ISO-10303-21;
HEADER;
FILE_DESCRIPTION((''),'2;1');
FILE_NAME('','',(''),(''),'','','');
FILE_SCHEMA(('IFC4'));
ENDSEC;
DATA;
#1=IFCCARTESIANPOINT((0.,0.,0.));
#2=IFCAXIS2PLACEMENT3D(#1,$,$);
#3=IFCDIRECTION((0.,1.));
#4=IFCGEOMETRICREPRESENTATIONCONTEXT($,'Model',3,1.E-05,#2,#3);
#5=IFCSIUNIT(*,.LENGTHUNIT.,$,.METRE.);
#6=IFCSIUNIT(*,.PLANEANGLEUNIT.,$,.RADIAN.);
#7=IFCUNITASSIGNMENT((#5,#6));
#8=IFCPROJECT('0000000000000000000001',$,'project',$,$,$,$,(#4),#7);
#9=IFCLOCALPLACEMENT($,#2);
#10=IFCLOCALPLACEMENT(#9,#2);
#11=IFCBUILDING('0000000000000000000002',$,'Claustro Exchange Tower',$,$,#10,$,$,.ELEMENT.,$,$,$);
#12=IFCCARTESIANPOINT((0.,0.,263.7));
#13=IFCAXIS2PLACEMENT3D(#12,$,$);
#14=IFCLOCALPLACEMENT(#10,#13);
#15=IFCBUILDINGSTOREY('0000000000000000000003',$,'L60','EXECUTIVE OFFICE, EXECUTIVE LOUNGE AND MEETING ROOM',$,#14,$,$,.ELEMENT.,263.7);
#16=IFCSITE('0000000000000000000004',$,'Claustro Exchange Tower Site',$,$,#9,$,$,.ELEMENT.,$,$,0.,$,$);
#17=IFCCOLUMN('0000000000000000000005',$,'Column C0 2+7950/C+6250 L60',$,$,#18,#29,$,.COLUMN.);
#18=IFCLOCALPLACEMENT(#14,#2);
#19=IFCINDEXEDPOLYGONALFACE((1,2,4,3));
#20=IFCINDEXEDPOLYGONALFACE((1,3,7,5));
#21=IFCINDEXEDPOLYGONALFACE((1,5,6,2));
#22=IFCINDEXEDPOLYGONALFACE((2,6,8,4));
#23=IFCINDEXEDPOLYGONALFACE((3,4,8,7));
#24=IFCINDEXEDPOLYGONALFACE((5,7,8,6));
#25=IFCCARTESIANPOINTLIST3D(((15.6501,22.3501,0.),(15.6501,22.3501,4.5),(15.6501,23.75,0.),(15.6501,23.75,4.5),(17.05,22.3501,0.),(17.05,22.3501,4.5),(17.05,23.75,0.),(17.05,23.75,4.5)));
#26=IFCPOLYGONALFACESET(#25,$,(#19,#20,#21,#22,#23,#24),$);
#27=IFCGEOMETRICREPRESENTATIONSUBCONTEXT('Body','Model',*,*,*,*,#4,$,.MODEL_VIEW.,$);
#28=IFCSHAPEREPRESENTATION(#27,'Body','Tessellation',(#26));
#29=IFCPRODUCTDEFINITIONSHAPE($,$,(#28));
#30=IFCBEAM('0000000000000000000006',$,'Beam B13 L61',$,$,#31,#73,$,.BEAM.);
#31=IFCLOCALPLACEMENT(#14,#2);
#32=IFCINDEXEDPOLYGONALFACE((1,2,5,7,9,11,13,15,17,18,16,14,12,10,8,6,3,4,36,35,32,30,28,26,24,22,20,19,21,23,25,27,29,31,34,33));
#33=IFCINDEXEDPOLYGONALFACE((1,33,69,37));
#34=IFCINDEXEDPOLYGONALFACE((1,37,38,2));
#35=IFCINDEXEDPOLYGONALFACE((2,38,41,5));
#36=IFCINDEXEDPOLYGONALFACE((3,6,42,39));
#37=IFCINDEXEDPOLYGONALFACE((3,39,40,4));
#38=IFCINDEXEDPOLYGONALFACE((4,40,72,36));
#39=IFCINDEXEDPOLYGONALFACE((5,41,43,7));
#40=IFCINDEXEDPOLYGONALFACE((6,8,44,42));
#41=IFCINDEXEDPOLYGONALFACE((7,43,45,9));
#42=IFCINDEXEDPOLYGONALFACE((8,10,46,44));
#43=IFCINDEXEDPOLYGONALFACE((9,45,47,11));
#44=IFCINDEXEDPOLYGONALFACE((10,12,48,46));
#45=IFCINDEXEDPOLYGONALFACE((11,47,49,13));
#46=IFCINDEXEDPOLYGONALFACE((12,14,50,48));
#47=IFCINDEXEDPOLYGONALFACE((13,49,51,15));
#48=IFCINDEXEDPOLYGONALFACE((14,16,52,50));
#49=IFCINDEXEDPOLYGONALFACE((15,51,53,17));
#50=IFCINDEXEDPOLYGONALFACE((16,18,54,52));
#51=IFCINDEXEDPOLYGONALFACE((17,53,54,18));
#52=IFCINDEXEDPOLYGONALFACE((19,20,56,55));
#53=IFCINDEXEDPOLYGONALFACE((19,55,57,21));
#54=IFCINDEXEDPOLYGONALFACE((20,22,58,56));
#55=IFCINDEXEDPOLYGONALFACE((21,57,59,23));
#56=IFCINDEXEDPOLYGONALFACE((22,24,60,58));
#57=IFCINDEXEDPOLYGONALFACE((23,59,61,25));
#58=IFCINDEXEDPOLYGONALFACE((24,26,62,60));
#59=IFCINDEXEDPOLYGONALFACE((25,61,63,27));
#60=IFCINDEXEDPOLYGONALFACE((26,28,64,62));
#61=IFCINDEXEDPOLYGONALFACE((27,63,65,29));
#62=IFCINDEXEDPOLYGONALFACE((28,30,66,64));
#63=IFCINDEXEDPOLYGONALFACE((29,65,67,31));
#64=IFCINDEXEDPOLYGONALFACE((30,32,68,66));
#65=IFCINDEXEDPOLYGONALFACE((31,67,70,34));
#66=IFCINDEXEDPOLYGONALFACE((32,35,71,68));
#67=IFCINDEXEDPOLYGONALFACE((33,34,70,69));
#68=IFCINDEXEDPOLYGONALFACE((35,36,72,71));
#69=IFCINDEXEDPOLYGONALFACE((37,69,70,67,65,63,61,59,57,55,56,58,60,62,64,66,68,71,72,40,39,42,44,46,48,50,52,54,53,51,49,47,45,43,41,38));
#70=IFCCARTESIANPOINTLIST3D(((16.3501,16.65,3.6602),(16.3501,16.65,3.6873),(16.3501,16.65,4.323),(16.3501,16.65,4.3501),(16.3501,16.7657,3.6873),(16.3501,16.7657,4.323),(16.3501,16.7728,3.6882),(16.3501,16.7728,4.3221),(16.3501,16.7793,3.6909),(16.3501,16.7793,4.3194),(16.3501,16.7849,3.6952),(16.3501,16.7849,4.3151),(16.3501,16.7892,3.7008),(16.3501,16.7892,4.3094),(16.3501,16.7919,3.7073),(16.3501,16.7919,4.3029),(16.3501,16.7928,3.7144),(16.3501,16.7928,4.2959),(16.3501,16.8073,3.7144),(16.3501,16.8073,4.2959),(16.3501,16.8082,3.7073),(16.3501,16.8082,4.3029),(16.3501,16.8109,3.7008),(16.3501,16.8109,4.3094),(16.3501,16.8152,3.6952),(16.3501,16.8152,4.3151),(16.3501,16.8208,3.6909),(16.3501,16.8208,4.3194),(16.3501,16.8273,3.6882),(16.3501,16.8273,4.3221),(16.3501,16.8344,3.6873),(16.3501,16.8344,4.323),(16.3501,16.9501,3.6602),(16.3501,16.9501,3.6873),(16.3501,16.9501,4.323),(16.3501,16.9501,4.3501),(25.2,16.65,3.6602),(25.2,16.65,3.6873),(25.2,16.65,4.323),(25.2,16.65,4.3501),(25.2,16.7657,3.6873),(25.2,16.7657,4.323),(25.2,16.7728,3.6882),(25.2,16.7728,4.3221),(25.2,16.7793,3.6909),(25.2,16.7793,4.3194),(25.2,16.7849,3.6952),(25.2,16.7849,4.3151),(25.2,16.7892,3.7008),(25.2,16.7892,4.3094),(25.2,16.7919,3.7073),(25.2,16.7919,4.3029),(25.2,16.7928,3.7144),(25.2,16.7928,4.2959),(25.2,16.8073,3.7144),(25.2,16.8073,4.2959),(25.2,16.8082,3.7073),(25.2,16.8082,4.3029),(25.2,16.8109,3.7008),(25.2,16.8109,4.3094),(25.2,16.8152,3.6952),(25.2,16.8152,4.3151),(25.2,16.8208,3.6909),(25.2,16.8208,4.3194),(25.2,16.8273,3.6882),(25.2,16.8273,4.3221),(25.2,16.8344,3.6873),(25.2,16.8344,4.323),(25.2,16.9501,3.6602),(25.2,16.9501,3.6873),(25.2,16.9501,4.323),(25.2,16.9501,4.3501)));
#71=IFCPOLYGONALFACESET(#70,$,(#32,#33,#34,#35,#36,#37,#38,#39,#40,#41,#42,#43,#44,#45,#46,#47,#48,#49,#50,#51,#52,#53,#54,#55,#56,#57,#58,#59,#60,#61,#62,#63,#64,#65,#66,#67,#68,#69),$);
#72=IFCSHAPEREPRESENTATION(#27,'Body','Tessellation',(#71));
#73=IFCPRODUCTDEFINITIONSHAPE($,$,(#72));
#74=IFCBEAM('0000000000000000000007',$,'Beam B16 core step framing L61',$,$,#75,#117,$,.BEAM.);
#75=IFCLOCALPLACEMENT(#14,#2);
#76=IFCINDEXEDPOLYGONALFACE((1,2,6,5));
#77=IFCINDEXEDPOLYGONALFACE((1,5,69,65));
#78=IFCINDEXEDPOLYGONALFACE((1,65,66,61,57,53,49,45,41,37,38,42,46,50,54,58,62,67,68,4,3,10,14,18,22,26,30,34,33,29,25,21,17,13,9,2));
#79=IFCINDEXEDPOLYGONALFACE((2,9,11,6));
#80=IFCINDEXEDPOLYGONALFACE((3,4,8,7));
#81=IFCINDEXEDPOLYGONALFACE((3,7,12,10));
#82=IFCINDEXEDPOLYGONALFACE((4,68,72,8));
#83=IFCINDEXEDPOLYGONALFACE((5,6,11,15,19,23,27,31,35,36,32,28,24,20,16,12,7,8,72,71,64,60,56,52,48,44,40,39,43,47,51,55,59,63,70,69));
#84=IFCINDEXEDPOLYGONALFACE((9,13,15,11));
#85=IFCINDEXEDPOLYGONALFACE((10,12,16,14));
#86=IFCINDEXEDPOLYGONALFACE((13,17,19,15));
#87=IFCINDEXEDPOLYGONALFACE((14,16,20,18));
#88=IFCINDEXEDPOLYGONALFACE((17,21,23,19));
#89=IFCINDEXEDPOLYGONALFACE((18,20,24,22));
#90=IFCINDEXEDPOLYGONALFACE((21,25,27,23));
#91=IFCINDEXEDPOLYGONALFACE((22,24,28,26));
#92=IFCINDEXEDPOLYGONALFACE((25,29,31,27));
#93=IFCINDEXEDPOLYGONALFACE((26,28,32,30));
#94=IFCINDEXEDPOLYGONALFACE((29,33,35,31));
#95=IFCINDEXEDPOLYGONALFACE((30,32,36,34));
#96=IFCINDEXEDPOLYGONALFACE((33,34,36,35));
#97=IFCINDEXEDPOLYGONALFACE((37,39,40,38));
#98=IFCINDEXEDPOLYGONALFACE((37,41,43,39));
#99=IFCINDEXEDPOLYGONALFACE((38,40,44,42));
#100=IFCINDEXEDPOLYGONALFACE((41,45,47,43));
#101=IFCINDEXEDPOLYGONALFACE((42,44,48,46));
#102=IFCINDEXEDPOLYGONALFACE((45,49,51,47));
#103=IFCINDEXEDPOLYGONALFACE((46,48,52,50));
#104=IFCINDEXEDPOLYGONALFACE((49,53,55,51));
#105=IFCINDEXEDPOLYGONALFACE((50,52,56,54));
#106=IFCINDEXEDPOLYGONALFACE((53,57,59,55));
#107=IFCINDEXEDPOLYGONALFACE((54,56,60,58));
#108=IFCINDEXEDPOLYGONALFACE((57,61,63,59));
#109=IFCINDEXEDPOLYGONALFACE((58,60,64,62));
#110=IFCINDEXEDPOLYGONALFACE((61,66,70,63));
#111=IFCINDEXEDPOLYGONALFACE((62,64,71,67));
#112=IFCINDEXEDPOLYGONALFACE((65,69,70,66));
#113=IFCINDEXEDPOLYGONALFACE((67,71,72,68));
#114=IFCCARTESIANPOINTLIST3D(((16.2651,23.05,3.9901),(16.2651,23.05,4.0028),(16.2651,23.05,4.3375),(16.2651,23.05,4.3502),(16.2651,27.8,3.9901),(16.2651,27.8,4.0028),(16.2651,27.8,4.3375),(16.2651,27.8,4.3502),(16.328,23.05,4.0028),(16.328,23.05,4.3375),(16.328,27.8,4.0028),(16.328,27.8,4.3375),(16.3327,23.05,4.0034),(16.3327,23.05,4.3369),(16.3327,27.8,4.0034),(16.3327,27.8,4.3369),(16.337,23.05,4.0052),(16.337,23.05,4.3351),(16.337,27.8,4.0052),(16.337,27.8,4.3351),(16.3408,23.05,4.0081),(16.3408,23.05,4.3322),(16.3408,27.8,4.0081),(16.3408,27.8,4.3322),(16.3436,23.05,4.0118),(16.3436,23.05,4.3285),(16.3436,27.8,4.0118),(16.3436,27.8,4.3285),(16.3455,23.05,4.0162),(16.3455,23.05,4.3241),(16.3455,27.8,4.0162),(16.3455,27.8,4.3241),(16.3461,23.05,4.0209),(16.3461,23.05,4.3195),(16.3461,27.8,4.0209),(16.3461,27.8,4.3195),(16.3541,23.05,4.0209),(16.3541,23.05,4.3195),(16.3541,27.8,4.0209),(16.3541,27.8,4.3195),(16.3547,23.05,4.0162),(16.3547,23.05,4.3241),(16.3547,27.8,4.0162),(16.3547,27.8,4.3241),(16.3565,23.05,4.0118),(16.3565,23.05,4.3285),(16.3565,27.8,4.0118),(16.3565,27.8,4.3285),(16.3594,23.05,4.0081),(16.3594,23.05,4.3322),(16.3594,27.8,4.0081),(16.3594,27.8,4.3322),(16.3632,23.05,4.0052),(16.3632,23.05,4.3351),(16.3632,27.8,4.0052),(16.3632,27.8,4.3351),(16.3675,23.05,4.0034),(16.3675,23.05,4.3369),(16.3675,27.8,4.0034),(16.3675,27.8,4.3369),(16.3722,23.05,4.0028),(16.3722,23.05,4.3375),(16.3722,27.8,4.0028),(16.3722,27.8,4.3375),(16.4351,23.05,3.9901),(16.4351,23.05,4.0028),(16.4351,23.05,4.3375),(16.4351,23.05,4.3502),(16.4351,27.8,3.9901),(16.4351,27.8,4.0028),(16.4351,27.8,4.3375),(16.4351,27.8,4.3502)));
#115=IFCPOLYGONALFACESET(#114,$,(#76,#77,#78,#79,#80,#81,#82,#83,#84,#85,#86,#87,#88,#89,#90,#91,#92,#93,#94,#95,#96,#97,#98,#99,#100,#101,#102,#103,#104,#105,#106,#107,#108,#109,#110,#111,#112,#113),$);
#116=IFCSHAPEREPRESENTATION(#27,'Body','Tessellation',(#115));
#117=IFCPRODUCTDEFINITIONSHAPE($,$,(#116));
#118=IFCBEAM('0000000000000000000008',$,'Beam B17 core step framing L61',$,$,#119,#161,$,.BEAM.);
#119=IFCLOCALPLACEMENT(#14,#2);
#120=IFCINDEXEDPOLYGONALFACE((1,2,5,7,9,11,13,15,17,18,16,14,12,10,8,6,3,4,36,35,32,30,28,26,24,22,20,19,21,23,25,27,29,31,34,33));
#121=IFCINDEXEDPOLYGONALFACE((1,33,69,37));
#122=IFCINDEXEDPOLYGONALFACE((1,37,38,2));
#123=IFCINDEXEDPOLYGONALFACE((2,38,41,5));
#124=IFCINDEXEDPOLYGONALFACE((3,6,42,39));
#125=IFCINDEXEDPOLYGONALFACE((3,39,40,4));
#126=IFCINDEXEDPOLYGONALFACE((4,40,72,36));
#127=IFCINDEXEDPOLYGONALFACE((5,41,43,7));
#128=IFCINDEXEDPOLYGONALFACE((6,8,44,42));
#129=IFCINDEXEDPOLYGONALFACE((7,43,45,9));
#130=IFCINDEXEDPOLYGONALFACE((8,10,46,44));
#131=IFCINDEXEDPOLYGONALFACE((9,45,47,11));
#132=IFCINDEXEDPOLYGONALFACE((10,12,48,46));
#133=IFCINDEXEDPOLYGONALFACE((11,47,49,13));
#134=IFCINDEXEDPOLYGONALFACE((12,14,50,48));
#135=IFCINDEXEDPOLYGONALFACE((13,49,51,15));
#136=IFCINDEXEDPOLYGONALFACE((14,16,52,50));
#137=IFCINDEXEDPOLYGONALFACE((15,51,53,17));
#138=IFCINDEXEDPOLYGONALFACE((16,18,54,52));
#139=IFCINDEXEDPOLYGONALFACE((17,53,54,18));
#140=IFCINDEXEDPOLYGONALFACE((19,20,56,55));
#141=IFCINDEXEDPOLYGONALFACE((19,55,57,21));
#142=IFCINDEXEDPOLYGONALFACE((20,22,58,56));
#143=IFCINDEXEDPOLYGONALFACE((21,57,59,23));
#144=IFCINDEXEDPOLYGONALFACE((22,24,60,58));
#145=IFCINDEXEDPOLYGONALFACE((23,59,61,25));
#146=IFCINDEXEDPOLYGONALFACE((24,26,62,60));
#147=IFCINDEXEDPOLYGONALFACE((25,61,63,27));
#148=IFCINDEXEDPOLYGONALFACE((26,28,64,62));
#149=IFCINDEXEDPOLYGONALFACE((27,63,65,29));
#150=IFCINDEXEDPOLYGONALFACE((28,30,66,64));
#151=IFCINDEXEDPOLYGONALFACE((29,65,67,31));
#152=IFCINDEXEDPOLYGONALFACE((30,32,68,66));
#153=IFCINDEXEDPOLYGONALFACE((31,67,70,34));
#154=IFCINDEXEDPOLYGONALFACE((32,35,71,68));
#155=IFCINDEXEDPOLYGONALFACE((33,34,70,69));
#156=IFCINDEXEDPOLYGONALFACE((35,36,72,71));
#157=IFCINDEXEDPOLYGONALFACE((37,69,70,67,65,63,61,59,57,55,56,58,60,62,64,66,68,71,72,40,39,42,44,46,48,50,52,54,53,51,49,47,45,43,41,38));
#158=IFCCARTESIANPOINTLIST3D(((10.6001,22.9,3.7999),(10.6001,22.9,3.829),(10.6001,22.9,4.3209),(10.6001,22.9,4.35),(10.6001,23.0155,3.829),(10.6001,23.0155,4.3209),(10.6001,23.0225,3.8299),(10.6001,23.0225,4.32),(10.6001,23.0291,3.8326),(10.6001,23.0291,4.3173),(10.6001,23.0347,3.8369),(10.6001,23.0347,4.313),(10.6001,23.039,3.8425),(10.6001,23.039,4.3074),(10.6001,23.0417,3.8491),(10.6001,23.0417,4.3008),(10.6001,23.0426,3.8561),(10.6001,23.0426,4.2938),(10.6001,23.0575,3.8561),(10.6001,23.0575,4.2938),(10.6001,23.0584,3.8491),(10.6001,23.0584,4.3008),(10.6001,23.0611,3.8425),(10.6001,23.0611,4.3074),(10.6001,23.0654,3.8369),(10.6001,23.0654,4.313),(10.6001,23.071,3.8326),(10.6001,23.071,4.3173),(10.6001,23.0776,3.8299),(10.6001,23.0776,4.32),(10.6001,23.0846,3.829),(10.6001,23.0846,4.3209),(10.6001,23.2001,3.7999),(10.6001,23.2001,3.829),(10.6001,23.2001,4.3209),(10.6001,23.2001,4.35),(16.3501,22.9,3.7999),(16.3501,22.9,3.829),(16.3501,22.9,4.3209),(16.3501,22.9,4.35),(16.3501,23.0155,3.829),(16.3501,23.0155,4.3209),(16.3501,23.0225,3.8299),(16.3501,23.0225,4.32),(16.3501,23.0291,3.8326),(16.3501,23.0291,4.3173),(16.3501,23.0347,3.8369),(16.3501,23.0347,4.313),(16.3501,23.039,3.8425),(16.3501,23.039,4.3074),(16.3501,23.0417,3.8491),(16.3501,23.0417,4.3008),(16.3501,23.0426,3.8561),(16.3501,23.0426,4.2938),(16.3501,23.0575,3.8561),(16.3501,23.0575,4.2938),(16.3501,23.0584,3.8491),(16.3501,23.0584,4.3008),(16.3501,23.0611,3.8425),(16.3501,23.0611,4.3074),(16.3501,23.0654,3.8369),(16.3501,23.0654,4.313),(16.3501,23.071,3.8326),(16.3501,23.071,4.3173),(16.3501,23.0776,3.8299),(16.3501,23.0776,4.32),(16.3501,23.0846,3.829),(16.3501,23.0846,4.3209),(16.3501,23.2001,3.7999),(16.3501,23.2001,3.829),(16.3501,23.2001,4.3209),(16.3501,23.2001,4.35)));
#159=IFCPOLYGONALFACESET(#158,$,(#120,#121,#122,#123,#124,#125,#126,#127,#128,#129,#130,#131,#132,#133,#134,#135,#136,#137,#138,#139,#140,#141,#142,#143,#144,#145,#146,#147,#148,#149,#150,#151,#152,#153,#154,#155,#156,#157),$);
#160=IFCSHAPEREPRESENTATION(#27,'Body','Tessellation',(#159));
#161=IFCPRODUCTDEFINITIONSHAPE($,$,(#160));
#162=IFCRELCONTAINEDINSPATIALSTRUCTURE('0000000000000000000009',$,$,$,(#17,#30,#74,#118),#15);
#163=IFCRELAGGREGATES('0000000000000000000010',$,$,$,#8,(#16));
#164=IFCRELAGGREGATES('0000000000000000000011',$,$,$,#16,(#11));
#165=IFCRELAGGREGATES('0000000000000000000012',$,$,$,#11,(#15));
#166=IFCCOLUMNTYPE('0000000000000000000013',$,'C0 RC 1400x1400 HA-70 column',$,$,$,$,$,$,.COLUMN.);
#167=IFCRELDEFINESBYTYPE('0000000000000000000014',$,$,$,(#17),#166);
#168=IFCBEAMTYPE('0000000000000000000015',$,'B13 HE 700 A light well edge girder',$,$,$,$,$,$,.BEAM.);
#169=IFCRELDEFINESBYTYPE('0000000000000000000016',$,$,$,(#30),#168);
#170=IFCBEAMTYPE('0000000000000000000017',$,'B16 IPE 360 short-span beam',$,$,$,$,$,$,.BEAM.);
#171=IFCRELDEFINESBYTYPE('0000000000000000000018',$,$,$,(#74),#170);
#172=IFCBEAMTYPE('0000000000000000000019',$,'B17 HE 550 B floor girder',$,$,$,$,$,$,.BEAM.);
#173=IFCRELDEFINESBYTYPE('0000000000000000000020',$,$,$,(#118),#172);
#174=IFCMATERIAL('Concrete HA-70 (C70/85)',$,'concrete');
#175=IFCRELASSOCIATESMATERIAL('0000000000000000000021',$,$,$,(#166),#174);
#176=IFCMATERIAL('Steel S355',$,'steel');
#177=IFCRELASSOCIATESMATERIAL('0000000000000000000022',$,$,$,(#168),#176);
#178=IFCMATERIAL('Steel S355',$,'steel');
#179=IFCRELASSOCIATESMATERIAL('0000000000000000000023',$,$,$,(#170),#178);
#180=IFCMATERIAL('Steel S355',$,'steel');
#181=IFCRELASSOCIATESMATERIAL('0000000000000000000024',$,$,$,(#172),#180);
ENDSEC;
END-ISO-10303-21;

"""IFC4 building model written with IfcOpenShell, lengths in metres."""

from ifc_helpers import new_model, si_unit, direction, frame, origin, origin_2d, place, context, subcontext, project, spatial, rectangle, i_section, extrude, material, material_profile, profile_set, type_object, element, save


model = new_model("IFC4")

# Units and contexts
model_context = context("Model", 3, precision=1e-05, world=origin(), true_north=direction((0.0, 1.0)))
body_context = subcontext(model_context, "Body", "Model", "MODEL_VIEW")
ifc_project = project(units=[si_unit("LENGTHUNIT", "METRE"), si_unit("PLANEANGLEUNIT", "RADIAN")], contexts=[model_context])

# Site, building, storey
site_placement = place(None, origin())
site = spatial("IfcSite", under=ifc_project, at=site_placement, Name="Claustro Exchange Tower Site", CompositionType="ELEMENT", RefElevation=0.0)
building_placement = place(site_placement, origin())
building = spatial("IfcBuilding", under=site, at=building_placement, Name="Claustro Exchange Tower", CompositionType="ELEMENT")
storey_placement = place(building_placement, frame((0.0, 0.0, 263.7)))
storey = spatial("IfcBuildingStorey", under=building, at=storey_placement, Name="L60", Description="EXECUTIVE OFFICE, EXECUTIVE LOUNGE AND MEETING ROOM", CompositionType="ELEMENT", Elevation=263.7)

# Column
ifc_material_1 = material(Name="Concrete HA-70 (C70/85)", Category="concrete")
ifc_material_profile_1 = material_profile(ifc_material_1, rectangle(XDim=1.3999, YDim=1.3999, at=origin_2d()), Name="RC 1400x1400")
ifc_profile_set_1 = profile_set([ifc_material_profile_1], Name="Concrete HA-70 (C70/85)")
column_type = type_object("IfcColumnType", Name="C0 RC 1400x1400 HA-70 column", PredefinedType="COLUMN", material=ifc_profile_set_1)
column_placement = place(storey_placement, frame((16.3501, 23.05, 0.0), z_axis=(0.0, 0.0, 1.0), x_axis=(1.0, 0.0, 0.0)))
element("IfcColumn", 1, at=column_placement, inside=storey, type_object=column_type, Name="Column C0 2+7950/C+6250 L60", PredefinedType="COLUMN", context=body_context, shape_type="SweptSolid", body=[
    extrude(rectangle(XDim=1.3999, YDim=1.3999, at=origin_2d()), origin(), (0.0, 0.0, 1.0), 4.5),
])

# Beams
ifc_material_2 = material(Name="Steel S355", Category="steel")
ifc_material_profile_2 = material_profile(ifc_material_2, i_section(OverallWidth=0.3, OverallDepth=0.6899, WebThickness=0.0144, FlangeThickness=0.0271, FilletRadius=0.0271, at=origin_2d()), Name="HE 700 A")
ifc_profile_set_2 = profile_set([ifc_material_profile_2], Name="Steel S355")
beam_type_1 = type_object("IfcBeamType", Name="B13 HE 700 A light well edge girder", PredefinedType="BEAM", material=ifc_profile_set_2)
beam_1_placement = place(storey_placement, frame((16.3501, 16.8, 4.0051), z_axis=(1.0, 0.0, 0.0), x_axis=(0.0, 1.0, 0.0)))
element("IfcBeam", 2, at=beam_1_placement, inside=storey, type_object=beam_type_1, Name="Beam B13 L61", PredefinedType="BEAM", context=body_context, shape_type="SweptSolid", body=[
    extrude(i_section(OverallWidth=0.3, OverallDepth=0.6899, WebThickness=0.0144, FlangeThickness=0.0271, FilletRadius=0.0271, at=origin_2d()), origin(), (0.0, 0.0, 1.0), 8.8499),
])
ifc_material_3 = material(Name="Steel S355", Category="steel")
ifc_material_profile_3 = material_profile(ifc_material_3, i_section(OverallWidth=0.1699, OverallDepth=0.3601, WebThickness=0.0081, FlangeThickness=0.0127, FilletRadius=0.0181, at=origin_2d()), Name="IPE 360")
ifc_profile_set_3 = profile_set([ifc_material_profile_3], Name="Steel S355")
beam_type_2 = type_object("IfcBeamType", Name="B16 IPE 360 short-span beam", PredefinedType="BEAM", material=ifc_profile_set_3)
beam_2_placement = place(storey_placement, frame((16.3501, 23.05, 4.1702), z_axis=(0.0, 1.0, 0.0), x_axis=(-1.0, 0.0, 0.0)))
element("IfcBeam", 3, at=beam_2_placement, inside=storey, type_object=beam_type_2, Name="Beam B16 core step framing L61", PredefinedType="BEAM", context=body_context, shape_type="SweptSolid", body=[
    extrude(i_section(OverallWidth=0.1699, OverallDepth=0.3601, WebThickness=0.0081, FlangeThickness=0.0127, FilletRadius=0.0181, at=origin_2d()), origin(), (0.0, 0.0, 1.0), 4.75),
])
ifc_material_4 = material(Name="Steel S355", Category="steel")
ifc_material_profile_4 = material_profile(ifc_material_4, i_section(OverallWidth=0.3, OverallDepth=0.55, WebThickness=0.0149, FlangeThickness=0.0291, FilletRadius=0.0271, at=origin_2d()), Name="HE 550 B")
ifc_profile_set_4 = profile_set([ifc_material_profile_4], Name="Steel S355")
beam_type_3 = type_object("IfcBeamType", Name="B17 HE 550 B floor girder", PredefinedType="BEAM", material=ifc_profile_set_4)
beam_3_placement = place(storey_placement, frame((10.6001, 23.05, 4.075), z_axis=(1.0, 0.0, 0.0), x_axis=(0.0, 1.0, 0.0)))
element("IfcBeam", 4, at=beam_3_placement, inside=storey, type_object=beam_type_3, Name="Beam B17 core step framing L61", PredefinedType="BEAM", context=body_context, shape_type="SweptSolid", body=[
    extrude(i_section(OverallWidth=0.3, OverallDepth=0.55, WebThickness=0.0149, FlangeThickness=0.0291, FilletRadius=0.0271, at=origin_2d()), origin(), (0.0, 0.0, 1.0), 5.75),
])

save(model, "model.ifc")
